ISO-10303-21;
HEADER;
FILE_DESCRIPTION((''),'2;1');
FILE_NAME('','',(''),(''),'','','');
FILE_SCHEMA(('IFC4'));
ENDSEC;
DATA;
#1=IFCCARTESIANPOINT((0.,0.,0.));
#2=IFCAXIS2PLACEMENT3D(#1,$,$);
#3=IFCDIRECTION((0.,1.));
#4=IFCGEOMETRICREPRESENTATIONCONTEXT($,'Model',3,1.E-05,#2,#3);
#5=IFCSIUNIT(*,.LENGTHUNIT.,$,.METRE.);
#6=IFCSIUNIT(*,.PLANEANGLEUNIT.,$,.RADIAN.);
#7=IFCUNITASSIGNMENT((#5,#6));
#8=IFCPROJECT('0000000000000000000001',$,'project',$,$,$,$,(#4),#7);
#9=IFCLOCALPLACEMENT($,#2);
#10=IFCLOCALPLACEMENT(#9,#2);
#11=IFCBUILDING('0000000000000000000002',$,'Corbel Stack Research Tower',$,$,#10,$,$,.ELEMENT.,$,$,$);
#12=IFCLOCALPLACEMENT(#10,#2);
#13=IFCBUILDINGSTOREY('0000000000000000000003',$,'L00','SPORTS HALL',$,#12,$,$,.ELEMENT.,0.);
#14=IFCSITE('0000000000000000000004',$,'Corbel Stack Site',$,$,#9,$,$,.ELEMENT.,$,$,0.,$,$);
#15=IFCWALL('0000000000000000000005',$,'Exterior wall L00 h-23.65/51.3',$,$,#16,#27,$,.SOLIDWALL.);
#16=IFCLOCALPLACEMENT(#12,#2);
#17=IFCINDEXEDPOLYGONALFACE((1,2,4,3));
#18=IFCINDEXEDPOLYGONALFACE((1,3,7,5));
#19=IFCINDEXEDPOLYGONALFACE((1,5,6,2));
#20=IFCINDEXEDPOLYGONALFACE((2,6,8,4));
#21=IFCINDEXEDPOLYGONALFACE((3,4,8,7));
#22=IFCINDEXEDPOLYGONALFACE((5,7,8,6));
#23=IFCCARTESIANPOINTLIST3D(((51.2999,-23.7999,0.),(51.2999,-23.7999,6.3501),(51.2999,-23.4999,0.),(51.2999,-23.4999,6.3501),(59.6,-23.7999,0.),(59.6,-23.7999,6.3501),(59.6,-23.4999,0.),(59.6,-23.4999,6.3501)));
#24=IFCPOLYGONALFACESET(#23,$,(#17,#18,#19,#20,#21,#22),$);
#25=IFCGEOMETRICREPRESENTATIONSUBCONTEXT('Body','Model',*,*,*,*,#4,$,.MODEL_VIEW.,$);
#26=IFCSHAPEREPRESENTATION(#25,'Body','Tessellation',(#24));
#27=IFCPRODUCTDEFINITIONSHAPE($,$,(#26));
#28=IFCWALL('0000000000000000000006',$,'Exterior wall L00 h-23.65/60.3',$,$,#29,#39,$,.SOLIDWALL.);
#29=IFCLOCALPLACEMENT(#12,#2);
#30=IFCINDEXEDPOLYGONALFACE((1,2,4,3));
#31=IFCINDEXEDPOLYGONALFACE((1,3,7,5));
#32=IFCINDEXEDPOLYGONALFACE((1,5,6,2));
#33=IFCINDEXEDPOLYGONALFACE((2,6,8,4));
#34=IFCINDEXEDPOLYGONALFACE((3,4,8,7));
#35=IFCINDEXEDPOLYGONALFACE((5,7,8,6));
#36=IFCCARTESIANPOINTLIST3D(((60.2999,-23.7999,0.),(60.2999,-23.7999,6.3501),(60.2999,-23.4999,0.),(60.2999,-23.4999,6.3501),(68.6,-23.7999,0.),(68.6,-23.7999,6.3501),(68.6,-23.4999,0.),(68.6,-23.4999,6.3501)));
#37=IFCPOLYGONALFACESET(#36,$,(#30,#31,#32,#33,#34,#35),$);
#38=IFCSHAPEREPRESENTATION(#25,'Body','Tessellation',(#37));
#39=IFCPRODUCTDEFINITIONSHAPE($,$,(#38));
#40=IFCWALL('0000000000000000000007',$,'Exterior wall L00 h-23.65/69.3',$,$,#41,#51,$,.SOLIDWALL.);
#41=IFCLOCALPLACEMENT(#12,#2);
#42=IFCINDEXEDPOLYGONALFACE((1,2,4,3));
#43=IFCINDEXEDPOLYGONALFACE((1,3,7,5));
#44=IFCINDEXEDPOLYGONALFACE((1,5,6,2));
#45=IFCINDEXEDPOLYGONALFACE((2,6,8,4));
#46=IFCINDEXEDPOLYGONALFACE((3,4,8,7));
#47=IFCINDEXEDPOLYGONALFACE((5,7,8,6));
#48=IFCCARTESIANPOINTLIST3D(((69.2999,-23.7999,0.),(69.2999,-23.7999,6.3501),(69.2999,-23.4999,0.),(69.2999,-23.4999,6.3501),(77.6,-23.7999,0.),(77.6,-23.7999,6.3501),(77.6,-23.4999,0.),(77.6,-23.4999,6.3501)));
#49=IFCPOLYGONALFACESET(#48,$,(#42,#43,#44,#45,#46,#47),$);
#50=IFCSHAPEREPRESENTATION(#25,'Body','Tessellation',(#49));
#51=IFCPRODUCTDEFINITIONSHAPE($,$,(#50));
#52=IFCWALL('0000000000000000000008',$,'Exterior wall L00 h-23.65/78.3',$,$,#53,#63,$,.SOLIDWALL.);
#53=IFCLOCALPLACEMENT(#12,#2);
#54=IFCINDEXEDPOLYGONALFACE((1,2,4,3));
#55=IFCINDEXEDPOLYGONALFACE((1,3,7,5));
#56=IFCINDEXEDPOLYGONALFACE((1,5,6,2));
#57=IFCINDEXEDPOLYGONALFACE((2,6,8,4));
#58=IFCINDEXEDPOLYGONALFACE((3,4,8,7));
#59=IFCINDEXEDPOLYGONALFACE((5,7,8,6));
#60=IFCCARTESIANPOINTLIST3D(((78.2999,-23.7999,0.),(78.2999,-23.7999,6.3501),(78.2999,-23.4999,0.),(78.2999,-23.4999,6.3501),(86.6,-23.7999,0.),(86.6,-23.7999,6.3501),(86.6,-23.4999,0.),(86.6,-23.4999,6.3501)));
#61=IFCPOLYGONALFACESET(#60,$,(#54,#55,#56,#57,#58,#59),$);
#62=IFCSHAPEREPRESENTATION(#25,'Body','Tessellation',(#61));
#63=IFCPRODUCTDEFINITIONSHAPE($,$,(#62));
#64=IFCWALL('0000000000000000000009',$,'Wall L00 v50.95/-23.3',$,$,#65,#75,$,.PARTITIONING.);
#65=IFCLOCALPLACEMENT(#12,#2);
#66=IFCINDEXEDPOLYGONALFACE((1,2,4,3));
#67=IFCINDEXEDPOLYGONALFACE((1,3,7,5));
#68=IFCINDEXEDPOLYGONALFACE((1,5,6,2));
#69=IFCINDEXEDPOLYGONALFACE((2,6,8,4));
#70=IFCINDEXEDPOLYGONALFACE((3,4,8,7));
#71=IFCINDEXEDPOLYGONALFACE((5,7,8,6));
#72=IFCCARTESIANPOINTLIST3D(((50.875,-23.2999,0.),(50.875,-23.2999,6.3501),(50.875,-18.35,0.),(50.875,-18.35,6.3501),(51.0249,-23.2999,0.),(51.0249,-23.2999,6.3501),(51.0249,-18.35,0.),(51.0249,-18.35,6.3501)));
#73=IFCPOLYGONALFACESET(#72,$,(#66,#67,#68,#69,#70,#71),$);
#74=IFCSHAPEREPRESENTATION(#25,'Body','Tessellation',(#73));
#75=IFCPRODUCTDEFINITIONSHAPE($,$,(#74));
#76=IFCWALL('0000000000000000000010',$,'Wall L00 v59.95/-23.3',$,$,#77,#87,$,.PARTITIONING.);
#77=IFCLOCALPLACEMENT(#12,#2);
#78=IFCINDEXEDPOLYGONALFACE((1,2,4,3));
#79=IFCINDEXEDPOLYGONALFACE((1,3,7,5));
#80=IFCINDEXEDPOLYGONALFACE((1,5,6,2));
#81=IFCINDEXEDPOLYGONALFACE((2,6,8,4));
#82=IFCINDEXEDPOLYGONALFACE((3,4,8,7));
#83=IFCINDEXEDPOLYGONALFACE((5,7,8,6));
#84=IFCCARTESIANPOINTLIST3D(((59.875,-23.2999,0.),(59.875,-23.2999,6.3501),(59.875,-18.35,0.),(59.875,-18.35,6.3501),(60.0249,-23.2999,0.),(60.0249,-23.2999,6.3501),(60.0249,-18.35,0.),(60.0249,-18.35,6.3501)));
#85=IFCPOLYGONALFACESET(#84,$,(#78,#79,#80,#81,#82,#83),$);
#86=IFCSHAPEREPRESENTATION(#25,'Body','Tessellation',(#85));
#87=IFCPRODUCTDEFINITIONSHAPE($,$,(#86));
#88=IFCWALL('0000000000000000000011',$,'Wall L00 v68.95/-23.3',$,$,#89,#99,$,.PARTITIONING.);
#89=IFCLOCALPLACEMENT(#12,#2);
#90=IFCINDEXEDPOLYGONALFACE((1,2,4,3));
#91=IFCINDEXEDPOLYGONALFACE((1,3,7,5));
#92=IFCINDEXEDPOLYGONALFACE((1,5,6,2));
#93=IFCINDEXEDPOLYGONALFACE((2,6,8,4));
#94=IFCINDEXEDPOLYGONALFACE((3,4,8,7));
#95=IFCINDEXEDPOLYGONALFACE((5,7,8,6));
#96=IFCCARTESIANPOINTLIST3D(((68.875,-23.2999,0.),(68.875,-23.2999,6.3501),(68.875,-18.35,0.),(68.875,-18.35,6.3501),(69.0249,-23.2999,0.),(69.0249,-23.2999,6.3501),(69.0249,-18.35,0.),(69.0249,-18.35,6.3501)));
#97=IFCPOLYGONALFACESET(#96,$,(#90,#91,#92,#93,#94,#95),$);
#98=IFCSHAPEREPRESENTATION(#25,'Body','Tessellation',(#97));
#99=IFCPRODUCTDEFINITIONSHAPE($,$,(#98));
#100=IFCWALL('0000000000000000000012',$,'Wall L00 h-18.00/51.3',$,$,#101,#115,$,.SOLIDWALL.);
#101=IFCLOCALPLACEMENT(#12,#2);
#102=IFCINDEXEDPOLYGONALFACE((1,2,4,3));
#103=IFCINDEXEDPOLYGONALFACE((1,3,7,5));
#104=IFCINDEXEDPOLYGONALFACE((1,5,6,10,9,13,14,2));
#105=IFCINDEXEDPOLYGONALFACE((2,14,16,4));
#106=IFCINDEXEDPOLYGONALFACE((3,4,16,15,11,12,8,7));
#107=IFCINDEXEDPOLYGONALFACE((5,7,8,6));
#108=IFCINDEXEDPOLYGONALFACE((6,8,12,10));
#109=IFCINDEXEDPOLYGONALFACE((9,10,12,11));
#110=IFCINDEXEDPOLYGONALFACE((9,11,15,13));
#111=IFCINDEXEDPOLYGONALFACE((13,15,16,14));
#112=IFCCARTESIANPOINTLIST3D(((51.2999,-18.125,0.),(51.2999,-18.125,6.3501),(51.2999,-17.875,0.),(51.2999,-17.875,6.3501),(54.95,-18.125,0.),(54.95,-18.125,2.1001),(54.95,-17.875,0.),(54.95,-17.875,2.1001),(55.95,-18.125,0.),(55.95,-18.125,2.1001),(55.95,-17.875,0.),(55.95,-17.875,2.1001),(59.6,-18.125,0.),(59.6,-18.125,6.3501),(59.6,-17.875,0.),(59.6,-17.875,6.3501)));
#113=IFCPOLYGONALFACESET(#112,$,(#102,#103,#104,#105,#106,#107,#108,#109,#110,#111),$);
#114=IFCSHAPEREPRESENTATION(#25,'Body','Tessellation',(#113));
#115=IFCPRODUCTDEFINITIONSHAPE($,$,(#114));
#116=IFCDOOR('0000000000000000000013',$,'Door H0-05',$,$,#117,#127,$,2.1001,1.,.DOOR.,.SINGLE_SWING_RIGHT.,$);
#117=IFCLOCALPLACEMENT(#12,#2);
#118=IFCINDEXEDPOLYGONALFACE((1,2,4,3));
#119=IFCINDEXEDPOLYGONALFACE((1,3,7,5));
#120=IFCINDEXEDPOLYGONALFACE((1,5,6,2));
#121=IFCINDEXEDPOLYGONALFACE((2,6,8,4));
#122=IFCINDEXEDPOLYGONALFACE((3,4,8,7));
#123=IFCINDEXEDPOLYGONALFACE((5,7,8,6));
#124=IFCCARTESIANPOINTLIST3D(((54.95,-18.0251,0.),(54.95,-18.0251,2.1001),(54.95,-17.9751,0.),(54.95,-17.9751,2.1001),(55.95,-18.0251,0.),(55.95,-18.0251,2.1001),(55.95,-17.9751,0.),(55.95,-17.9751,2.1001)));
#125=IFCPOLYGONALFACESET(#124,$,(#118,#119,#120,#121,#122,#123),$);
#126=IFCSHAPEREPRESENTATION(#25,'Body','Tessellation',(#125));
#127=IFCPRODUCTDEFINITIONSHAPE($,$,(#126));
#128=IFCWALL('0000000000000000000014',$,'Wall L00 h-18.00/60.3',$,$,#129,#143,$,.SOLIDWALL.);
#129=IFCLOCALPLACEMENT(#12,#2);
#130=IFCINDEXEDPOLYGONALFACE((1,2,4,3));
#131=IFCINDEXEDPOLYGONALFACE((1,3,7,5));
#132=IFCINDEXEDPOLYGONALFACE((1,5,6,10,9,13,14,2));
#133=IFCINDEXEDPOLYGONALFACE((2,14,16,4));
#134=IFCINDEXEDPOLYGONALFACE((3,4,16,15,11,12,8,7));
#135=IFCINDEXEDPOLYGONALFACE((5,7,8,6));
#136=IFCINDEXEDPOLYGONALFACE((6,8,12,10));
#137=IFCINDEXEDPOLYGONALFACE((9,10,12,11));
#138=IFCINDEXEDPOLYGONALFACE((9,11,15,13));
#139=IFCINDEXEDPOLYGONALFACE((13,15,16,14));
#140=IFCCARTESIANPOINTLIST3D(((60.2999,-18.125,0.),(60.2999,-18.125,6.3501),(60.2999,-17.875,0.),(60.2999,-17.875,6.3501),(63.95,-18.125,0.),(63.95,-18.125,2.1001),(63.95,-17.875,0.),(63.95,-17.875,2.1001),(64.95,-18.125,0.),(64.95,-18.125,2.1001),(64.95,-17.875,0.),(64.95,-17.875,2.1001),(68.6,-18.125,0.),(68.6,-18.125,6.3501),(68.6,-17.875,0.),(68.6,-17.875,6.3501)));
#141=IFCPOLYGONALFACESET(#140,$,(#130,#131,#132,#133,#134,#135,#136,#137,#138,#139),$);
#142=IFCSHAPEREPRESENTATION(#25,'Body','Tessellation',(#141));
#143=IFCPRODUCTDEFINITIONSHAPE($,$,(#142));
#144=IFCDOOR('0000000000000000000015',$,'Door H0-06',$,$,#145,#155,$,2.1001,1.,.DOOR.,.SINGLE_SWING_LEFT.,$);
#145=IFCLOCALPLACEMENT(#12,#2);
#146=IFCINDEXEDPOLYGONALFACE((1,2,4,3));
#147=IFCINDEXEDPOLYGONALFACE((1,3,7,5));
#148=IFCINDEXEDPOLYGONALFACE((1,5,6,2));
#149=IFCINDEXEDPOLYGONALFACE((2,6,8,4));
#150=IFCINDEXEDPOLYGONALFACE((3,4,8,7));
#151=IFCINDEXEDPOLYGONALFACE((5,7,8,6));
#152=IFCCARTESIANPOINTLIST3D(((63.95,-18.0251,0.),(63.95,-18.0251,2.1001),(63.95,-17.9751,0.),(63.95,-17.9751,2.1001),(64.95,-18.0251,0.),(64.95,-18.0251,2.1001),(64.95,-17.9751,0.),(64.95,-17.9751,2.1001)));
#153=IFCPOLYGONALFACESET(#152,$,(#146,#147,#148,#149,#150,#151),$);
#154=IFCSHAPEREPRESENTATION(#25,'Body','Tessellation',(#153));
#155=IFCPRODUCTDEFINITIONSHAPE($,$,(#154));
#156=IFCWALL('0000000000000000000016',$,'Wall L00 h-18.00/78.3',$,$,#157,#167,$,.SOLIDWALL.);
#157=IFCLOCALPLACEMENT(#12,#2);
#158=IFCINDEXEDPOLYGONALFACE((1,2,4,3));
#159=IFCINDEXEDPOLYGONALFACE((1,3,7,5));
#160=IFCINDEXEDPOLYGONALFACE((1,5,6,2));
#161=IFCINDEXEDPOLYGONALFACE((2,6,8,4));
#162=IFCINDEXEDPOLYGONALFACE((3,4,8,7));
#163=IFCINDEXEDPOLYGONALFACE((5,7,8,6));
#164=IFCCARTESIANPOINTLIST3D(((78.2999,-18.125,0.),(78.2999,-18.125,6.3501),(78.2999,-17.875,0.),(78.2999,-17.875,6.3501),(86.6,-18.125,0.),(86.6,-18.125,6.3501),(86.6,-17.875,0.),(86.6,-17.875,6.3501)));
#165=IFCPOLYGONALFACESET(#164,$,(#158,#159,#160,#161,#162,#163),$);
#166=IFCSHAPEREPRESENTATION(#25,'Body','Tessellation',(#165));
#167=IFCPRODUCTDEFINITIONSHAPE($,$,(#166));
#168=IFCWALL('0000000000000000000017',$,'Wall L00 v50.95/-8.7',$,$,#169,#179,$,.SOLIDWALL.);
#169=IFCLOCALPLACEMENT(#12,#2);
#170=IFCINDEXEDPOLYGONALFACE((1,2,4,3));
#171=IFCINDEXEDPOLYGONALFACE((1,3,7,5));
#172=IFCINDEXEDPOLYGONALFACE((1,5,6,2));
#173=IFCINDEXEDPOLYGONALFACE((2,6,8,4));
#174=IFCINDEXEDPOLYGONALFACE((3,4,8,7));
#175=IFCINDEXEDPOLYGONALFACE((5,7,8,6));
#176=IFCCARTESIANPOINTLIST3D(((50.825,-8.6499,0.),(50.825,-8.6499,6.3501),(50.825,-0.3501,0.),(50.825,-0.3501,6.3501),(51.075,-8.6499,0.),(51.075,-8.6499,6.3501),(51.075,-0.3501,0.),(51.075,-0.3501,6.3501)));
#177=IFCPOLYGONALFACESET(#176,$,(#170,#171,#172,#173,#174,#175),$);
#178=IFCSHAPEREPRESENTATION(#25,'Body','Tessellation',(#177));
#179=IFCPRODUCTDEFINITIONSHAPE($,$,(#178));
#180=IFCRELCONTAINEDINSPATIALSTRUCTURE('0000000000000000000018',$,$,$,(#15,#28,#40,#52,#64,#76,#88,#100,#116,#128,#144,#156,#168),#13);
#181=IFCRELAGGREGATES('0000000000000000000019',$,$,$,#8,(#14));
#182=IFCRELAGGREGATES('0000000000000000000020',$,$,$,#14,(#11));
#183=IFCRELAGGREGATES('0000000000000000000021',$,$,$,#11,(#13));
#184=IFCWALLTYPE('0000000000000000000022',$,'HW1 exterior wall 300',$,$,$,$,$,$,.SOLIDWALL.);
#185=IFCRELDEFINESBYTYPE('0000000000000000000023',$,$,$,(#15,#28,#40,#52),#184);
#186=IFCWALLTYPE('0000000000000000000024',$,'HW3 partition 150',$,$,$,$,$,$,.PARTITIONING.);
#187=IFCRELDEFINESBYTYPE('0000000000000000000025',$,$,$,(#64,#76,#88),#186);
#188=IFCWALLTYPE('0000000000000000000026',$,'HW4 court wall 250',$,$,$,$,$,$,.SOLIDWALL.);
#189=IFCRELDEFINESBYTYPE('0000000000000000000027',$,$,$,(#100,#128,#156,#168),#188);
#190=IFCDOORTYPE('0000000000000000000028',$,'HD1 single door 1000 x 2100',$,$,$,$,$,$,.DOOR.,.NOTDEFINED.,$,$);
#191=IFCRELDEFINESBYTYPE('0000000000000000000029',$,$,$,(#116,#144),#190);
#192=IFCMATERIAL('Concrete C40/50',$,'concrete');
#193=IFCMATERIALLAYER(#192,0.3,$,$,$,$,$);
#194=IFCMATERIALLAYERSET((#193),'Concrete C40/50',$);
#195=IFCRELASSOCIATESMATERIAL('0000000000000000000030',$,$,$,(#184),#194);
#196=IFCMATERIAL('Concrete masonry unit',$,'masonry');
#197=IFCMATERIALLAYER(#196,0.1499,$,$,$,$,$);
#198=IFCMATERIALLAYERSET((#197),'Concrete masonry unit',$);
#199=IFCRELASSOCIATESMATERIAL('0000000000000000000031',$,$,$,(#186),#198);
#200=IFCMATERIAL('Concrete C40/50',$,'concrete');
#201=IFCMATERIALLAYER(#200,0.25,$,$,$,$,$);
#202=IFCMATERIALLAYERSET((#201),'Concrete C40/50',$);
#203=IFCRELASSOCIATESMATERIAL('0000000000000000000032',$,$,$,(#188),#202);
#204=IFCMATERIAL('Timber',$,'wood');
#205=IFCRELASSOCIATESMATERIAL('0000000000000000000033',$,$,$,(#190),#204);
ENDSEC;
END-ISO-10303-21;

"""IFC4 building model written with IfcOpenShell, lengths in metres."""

from ifc_helpers import new_model, si_unit, direction, frame, frame_2d, origin, place, context, subcontext, project, spatial, rectangle, extrude, material, layer, layer_set, type_object, element, fill, save


model = new_model("IFC4")

# Units and contexts
model_context = context("Model", 3, precision=1e-05, world=origin(), true_north=direction((0.0, 1.0)))
body_context = subcontext(model_context, "Body", "Model", "MODEL_VIEW")
ifc_project = project(units=[si_unit("LENGTHUNIT", "METRE"), si_unit("PLANEANGLEUNIT", "RADIAN")], contexts=[model_context])

# Site, building, storey
site_placement = place(None, origin())
site = spatial("IfcSite", under=ifc_project, at=site_placement, Name="Corbel Stack Site", CompositionType="ELEMENT", RefElevation=0.0)
building_placement = place(site_placement, origin())
building = spatial("IfcBuilding", under=site, at=building_placement, Name="Corbel Stack Research Tower", CompositionType="ELEMENT")
storey_placement = place(building_placement, origin())
storey = spatial("IfcBuildingStorey", under=building, at=storey_placement, Name="L00", Description="SPORTS HALL", CompositionType="ELEMENT", Elevation=0.0)

# Walls
ifc_material_1 = material(Name="Concrete C40/50", Category="concrete")
ifc_layer_1 = layer(ifc_material_1, 0.3)
ifc_layer_set_1 = layer_set([ifc_layer_1], Name="Concrete C40/50")
wall_type_1 = type_object("IfcWallType", Name="HW1 exterior wall 300", PredefinedType="SOLIDWALL", material=ifc_layer_set_1)
for number, where, z_axis, x_axis, name in (
    (1, (51.3, -23.6499, 0.0), (0.0, 0.0, 1.0), (1.0, 0.0, 0.0), "Exterior wall L00 h-23.65/51.3"),
    (2, (60.3, -23.6499, 0.0), (0.0, 0.0, 1.0), (1.0, 0.0, 0.0), "Exterior wall L00 h-23.65/60.3"),
    (3, (69.3, -23.6499, 0.0), (0.0, 0.0, 1.0), (1.0, 0.0, 0.0), "Exterior wall L00 h-23.65/69.3"),
    (4, (78.3, -23.6499, 0.0), (0.0, 0.0, 1.0), (1.0, 0.0, 0.0), "Exterior wall L00 h-23.65/78.3"),
):
    element("IfcWall", number, at=place(storey_placement, frame(where, z_axis=z_axis, x_axis=x_axis)), inside=storey, type_object=wall_type_1, Name=name, PredefinedType="SOLIDWALL", context=body_context, shape_type="SweptSolid", body=[
        extrude(rectangle(XDim=8.3, YDim=0.3, at=frame_2d((4.1499, 0.0))), origin(), (0.0, 0.0, 1.0), 6.3501),
    ])
ifc_material_2 = material(Name="Concrete masonry unit", Category="masonry")
ifc_layer_2 = layer(ifc_material_2, 0.1499)
ifc_layer_set_2 = layer_set([ifc_layer_2], Name="Concrete masonry unit")
wall_type_2 = type_object("IfcWallType", Name="HW3 partition 150", PredefinedType="PARTITIONING", material=ifc_layer_set_2)
for number, where, z_axis, x_axis, name in (
    (5, (50.95, -23.3, 0.0), (0.0, 0.0, 1.0), (0.0, 1.0, 0.0), "Wall L00 v50.95/-23.3"),
    (6, (59.95, -23.3, 0.0), (0.0, 0.0, 1.0), (0.0, 1.0, 0.0), "Wall L00 v59.95/-23.3"),
    (7, (68.95, -23.3, 0.0), (0.0, 0.0, 1.0), (0.0, 1.0, 0.0), "Wall L00 v68.95/-23.3"),
):
    element("IfcWall", number, at=place(storey_placement, frame(where, z_axis=z_axis, x_axis=x_axis)), inside=storey, type_object=wall_type_2, Name=name, PredefinedType="PARTITIONING", context=body_context, shape_type="SweptSolid", body=[
        extrude(rectangle(XDim=4.95, YDim=0.1499, at=frame_2d((2.4751, 0.0))), origin(), (0.0, 0.0, 1.0), 6.3501),
    ])

# Walls, openings, doors
ifc_material_3 = material(Name="Concrete C40/50", Category="concrete")
ifc_layer_3 = layer(ifc_material_3, 0.25)
ifc_layer_set_3 = layer_set([ifc_layer_3], Name="Concrete C40/50")
wall_type_3 = type_object("IfcWallType", Name="HW4 court wall 250", PredefinedType="SOLIDWALL", material=ifc_layer_set_3)
wall_1_placement = place(storey_placement, frame((51.3, -18.0, 0.0), z_axis=(0.0, 0.0, 1.0), x_axis=(1.0, 0.0, 0.0)))
wall_1 = element("IfcWall", 8, at=wall_1_placement, inside=storey, type_object=wall_type_3, Name="Wall L00 h-18.00/51.3", PredefinedType="SOLIDWALL", context=body_context, shape_type="SweptSolid", body=[
    extrude(rectangle(XDim=8.3, YDim=0.25, at=frame_2d((4.1499, 0.0))), origin(), (0.0, 0.0, 1.0), 6.3501),
])
opening_1_placement = place(wall_1_placement, frame((3.6499, 0.0, 0.0)))
opening_1 = element("IfcOpeningElement", 9, at=opening_1_placement, cuts=wall_1, PredefinedType="OPENING", context=body_context, shape_type="SweptSolid", body=[
    extrude(rectangle(XDim=1.0, YDim=2.1001, at=frame_2d((0.5, 1.05))), frame((0.0, 0.135, 0.0), z_axis=(0.0, -1.0, 0.0), x_axis=(1.0, 0.0, 0.0)), (0.0, 0.0, 1.0), 0.27),
])
ifc_material_4 = material(Name="Timber", Category="wood")
door_type_1 = type_object("IfcDoorType", Name="HD1 single door 1000 x 2100", OperationType="NOTDEFINED", PredefinedType="DOOR", material=ifc_material_4)
door_1_placement = place(opening_1_placement, origin())
door_1 = element("IfcDoor", 10, at=door_1_placement, inside=storey, type_object=door_type_1, Name="Door H0-05", OperationType="SINGLE_SWING_RIGHT", OverallHeight=2.1001, OverallWidth=1.0, PredefinedType="DOOR", context=body_context, shape_type="SweptSolid", body=[
    extrude(rectangle(XDim=1.0, YDim=2.1001, at=frame_2d((0.5, 1.05))), frame((0.0, 0.0249, 0.0), z_axis=(0.0, -1.0, 0.0), x_axis=(1.0, 0.0, 0.0)), (0.0, 0.0, 1.0), 0.05),
])
fill(opening_1, door_1)
wall_2_placement = place(storey_placement, frame((60.3, -18.0, 0.0), z_axis=(0.0, 0.0, 1.0), x_axis=(1.0, 0.0, 0.0)))
wall_2 = element("IfcWall", 11, at=wall_2_placement, inside=storey, type_object=wall_type_3, Name="Wall L00 h-18.00/60.3", PredefinedType="SOLIDWALL", context=body_context, shape_type="SweptSolid", body=[
    extrude(rectangle(XDim=8.3, YDim=0.25, at=frame_2d((4.1499, 0.0))), origin(), (0.0, 0.0, 1.0), 6.3501),
])
opening_2_placement = place(wall_2_placement, frame((3.6499, 0.0, 0.0)))
opening_2 = element("IfcOpeningElement", 12, at=opening_2_placement, cuts=wall_2, PredefinedType="OPENING", context=body_context, shape_type="SweptSolid", body=[
    extrude(rectangle(XDim=1.0, YDim=2.1001, at=frame_2d((0.5, 1.05))), frame((0.0, 0.135, 0.0), z_axis=(0.0, -1.0, 0.0), x_axis=(1.0, 0.0, 0.0)), (0.0, 0.0, 1.0), 0.27),
])
door_2_placement = place(opening_2_placement, origin())
door_2 = element("IfcDoor", 13, at=door_2_placement, inside=storey, type_object=door_type_1, Name="Door H0-06", OperationType="SINGLE_SWING_LEFT", OverallHeight=2.1001, OverallWidth=1.0, PredefinedType="DOOR", context=body_context, shape_type="SweptSolid", body=[
    extrude(rectangle(XDim=1.0, YDim=2.1001, at=frame_2d((0.5, 1.05))), frame((0.0, 0.0249, 0.0), z_axis=(0.0, -1.0, 0.0), x_axis=(1.0, 0.0, 0.0)), (0.0, 0.0, 1.0), 0.05),
])
fill(opening_2, door_2)

# Wall
wall_3_placement = place(storey_placement, frame((78.3, -18.0, 0.0), z_axis=(0.0, 0.0, 1.0), x_axis=(1.0, 0.0, 0.0)))
element("IfcWall", 14, at=wall_3_placement, inside=storey, type_object=wall_type_3, Name="Wall L00 h-18.00/78.3", PredefinedType="SOLIDWALL", context=body_context, shape_type="SweptSolid", body=[
    extrude(rectangle(XDim=8.3, YDim=0.25, at=frame_2d((4.1499, 0.0))), origin(), (0.0, 0.0, 1.0), 6.3501),
])

# Wall
wall_4_placement = place(storey_placement, frame((50.95, -8.6499, 0.0), z_axis=(0.0, 0.0, 1.0), x_axis=(0.0, 1.0, 0.0)))
element("IfcWall", 15, at=wall_4_placement, inside=storey, type_object=wall_type_3, Name="Wall L00 v50.95/-8.7", PredefinedType="SOLIDWALL", context=body_context, shape_type="SweptSolid", body=[
    extrude(rectangle(XDim=8.2998, YDim=0.25, at=frame_2d((4.1499, 0.0))), origin(), (0.0, 0.0, 1.0), 6.3501),
])

save(model, "model.ifc")
